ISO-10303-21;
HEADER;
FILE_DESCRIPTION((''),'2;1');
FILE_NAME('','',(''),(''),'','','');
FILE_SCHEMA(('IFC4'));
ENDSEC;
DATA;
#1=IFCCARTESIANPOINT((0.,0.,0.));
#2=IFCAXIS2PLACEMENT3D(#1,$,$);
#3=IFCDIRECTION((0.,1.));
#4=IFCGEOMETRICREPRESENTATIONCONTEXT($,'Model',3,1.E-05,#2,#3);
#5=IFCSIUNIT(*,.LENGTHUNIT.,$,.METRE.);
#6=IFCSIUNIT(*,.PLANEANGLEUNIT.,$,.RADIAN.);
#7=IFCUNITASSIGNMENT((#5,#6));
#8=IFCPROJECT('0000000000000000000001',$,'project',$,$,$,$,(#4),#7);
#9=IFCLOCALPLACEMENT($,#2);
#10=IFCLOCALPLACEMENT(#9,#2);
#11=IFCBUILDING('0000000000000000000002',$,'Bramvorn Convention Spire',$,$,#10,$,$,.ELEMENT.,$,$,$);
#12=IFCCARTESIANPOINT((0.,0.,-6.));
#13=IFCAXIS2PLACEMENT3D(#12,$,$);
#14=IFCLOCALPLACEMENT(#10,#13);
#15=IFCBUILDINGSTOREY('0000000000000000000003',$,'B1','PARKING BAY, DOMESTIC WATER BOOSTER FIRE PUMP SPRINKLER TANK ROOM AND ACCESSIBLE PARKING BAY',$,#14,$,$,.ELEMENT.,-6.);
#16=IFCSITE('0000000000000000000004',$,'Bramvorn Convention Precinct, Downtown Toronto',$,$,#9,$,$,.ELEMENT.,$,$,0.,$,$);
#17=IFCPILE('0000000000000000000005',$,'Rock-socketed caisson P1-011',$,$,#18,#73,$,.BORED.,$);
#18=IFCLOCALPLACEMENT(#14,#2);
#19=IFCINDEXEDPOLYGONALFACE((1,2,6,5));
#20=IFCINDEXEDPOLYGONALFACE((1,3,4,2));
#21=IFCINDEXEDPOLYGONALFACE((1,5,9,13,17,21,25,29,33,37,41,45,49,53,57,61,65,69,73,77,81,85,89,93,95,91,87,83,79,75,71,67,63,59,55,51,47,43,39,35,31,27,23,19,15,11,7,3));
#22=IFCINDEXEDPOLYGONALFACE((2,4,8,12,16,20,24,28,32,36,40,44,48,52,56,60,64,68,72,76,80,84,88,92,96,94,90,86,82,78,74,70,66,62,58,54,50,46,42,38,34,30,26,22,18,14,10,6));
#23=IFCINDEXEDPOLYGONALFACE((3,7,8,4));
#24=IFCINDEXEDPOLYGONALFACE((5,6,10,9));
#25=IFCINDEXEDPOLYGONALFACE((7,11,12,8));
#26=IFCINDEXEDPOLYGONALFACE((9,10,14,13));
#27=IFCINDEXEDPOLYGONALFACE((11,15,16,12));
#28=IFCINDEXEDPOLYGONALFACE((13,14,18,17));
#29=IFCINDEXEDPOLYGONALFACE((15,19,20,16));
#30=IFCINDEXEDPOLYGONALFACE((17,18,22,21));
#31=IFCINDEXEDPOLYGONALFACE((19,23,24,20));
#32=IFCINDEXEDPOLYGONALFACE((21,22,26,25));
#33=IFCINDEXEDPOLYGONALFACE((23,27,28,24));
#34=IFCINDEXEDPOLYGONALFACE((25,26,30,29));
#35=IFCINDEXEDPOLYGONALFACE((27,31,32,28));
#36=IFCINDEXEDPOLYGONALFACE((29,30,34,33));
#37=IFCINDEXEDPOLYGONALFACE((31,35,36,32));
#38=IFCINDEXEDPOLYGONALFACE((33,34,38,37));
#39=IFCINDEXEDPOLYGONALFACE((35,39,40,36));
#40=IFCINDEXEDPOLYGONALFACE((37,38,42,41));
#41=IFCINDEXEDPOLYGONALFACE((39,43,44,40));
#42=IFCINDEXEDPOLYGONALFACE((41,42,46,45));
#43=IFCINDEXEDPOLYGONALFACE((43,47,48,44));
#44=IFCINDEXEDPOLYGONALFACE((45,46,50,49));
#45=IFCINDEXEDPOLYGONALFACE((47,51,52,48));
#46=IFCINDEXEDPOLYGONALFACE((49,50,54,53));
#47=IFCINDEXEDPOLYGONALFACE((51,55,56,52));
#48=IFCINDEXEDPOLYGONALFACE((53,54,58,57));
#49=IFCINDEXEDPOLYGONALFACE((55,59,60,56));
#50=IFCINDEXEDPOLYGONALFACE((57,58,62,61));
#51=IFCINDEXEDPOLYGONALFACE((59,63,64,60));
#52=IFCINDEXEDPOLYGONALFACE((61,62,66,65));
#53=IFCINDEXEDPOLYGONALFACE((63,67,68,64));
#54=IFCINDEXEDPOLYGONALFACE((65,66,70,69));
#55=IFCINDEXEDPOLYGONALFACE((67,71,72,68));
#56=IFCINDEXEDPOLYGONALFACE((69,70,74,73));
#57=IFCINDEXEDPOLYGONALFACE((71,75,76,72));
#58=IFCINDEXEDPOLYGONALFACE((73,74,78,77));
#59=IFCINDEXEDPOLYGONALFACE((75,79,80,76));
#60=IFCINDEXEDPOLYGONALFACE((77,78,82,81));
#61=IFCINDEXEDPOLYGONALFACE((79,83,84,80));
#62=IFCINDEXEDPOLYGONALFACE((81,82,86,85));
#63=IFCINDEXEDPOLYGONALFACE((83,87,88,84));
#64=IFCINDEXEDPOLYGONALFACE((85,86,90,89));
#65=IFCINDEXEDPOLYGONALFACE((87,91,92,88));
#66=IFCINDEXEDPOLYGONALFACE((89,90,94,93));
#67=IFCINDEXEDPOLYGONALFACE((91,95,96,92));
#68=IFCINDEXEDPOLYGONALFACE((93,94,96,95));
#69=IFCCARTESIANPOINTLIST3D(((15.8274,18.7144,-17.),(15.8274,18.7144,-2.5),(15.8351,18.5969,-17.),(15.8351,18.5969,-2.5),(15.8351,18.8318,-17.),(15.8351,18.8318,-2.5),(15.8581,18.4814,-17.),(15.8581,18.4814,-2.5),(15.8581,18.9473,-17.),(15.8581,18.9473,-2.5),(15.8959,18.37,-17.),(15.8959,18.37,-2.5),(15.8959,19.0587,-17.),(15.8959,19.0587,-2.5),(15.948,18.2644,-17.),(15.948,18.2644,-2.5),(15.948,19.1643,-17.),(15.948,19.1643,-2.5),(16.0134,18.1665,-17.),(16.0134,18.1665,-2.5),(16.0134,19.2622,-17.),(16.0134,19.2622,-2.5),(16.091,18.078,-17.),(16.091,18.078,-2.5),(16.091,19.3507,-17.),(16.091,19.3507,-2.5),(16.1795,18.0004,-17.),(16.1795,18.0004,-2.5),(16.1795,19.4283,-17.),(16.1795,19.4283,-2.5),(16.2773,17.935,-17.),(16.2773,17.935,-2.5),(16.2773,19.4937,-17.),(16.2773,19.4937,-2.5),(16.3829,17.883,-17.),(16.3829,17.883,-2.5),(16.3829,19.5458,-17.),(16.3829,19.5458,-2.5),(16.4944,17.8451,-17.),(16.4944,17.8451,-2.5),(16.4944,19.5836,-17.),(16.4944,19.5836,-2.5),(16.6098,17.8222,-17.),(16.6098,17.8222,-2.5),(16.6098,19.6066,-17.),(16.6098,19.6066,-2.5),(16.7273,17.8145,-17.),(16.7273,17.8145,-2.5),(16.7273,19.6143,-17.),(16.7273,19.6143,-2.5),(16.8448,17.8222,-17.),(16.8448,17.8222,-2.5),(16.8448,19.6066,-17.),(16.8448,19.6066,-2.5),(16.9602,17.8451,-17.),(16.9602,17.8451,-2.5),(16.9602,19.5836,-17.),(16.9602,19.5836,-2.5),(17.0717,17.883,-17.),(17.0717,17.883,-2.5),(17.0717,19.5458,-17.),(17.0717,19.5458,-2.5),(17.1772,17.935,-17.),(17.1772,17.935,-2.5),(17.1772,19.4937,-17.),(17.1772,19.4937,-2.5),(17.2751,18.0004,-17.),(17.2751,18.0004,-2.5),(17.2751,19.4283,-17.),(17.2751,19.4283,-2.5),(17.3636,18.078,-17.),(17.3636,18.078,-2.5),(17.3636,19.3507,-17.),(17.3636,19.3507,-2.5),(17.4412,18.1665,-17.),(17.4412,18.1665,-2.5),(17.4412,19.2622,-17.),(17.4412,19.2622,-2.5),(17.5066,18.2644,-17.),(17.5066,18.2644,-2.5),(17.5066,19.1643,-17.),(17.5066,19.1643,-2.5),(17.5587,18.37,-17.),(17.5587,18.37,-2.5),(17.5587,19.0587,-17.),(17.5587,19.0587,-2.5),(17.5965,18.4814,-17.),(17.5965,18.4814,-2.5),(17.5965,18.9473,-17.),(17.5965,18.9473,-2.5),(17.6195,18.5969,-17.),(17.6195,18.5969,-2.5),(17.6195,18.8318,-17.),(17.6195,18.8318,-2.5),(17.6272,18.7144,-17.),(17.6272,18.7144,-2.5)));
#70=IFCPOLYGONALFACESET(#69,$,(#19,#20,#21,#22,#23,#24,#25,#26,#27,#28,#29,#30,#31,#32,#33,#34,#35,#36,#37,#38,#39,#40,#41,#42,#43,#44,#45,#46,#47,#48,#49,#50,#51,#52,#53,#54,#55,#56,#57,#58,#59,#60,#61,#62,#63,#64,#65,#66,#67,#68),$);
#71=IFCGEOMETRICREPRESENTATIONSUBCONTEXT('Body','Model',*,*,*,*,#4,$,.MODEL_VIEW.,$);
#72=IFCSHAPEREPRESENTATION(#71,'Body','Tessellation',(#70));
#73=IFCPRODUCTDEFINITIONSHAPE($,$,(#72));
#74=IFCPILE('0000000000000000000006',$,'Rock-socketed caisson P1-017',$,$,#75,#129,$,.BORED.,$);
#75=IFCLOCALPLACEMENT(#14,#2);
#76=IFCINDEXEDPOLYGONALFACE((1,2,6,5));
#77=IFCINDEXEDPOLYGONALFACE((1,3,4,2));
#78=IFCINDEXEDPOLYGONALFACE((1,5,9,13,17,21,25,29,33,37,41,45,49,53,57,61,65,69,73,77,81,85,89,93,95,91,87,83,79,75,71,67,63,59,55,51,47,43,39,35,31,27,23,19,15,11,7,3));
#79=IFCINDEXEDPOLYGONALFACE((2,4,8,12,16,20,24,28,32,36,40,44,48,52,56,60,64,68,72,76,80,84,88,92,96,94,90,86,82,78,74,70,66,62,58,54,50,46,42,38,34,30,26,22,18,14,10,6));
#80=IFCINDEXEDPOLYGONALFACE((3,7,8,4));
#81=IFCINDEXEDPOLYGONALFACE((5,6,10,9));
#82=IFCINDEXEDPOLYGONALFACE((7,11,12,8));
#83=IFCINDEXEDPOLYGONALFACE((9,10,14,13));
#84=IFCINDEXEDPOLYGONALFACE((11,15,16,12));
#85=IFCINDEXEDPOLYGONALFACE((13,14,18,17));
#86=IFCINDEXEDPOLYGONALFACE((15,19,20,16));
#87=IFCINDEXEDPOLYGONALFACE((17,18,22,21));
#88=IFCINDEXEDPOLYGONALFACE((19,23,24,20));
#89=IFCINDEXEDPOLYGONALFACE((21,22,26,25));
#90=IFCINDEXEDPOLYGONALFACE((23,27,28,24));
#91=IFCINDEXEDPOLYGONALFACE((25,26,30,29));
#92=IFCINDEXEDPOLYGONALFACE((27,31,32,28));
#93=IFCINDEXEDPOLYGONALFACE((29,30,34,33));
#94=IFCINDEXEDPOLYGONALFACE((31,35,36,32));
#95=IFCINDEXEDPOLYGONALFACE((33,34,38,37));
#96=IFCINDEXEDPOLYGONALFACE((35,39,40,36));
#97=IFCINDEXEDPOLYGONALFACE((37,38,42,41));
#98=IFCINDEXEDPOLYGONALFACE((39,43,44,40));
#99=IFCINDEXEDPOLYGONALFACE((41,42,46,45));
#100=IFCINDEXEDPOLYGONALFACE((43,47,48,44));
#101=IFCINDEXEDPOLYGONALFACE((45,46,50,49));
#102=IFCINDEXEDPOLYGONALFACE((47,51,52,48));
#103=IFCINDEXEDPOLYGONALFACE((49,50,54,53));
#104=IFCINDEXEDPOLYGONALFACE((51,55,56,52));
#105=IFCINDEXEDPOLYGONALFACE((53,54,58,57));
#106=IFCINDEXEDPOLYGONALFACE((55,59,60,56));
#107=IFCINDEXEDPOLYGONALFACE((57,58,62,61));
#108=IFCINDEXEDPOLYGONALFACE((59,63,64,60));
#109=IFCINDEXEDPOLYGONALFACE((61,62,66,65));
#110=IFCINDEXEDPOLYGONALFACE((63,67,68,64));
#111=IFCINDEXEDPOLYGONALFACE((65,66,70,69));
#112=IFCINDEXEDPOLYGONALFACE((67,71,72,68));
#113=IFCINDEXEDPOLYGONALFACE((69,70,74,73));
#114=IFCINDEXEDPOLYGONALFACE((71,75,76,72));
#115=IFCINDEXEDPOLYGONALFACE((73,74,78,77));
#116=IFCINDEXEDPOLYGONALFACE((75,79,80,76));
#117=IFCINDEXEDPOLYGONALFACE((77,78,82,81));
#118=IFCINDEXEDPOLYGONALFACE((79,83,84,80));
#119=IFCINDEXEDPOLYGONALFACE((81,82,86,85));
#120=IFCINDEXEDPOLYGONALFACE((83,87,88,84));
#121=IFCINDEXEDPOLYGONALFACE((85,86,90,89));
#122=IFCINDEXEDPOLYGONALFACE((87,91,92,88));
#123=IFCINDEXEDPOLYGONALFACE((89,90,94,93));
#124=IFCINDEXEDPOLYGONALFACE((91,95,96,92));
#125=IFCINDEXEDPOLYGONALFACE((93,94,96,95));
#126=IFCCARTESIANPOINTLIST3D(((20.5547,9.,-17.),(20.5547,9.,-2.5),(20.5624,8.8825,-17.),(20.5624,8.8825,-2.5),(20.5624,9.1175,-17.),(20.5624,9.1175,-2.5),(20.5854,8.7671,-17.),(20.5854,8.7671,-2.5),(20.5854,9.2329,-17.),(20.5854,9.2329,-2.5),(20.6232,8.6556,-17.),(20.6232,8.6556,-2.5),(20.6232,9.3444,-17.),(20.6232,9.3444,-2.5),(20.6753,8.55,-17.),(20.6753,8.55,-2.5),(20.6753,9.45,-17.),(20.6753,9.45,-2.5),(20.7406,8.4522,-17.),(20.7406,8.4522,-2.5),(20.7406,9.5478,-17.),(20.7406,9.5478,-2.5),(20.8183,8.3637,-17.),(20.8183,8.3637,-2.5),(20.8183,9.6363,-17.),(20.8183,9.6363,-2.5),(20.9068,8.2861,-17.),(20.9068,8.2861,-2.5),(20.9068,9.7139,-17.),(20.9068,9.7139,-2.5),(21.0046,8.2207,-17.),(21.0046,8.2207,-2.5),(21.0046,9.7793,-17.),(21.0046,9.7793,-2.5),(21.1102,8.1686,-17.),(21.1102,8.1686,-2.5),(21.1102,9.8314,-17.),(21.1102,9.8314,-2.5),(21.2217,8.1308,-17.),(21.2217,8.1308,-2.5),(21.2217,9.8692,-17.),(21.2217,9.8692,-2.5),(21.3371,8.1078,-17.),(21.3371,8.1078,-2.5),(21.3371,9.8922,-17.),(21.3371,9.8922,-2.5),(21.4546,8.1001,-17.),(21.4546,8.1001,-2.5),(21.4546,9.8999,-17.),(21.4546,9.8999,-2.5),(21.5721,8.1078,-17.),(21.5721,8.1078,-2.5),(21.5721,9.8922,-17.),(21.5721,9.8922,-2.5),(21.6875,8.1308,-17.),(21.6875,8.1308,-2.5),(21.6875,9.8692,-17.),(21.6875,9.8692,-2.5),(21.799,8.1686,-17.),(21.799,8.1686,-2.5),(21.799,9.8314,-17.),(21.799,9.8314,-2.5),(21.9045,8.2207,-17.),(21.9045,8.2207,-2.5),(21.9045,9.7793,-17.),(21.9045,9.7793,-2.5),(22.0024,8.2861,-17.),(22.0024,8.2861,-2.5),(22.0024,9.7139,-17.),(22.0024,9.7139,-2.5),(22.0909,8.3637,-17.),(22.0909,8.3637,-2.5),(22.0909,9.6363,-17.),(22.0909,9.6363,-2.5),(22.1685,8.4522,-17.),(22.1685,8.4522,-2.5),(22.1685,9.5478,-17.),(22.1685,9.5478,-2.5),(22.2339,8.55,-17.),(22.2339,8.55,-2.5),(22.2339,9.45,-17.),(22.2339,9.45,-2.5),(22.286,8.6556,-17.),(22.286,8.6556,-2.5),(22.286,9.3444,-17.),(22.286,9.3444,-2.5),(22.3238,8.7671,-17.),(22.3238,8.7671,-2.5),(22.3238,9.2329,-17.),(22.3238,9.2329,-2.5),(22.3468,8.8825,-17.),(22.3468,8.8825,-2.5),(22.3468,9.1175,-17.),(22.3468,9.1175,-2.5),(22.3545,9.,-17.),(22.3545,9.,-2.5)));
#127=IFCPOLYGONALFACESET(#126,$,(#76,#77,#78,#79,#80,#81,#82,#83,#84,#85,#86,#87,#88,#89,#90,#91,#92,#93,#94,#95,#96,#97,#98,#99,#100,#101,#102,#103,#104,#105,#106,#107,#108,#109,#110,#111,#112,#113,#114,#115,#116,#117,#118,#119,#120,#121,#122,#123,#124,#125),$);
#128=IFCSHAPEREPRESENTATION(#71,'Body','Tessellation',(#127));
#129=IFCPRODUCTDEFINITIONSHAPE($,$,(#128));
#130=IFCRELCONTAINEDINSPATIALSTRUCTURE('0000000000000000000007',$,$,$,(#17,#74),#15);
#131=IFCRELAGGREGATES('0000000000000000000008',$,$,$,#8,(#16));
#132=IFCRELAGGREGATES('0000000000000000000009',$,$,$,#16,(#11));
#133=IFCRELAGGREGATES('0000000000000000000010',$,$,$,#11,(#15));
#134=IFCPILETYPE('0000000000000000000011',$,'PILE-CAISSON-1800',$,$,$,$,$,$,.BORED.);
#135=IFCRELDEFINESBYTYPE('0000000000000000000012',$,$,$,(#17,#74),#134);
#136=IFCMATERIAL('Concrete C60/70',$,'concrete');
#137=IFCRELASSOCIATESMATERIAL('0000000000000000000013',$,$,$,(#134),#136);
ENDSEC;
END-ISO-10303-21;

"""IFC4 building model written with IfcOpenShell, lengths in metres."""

from ifc_helpers import new_model, si_unit, direction, frame, origin, origin_2d, place, context, subcontext, project, spatial, circle, extrude, material, material_profile, profile_set, type_object, element, save


model = new_model("IFC4")

# Units and contexts
model_context = context("Model", 3, precision=1e-05, world=origin(), true_north=direction((0.0, 1.0)))
body_context = subcontext(model_context, "Body", "Model", "MODEL_VIEW")
ifc_project = project(units=[si_unit("LENGTHUNIT", "METRE"), si_unit("PLANEANGLEUNIT", "RADIAN")], contexts=[model_context])

# Site, building, storey
site_placement = place(None, origin())
site = spatial("IfcSite", under=ifc_project, at=site_placement, Name="Bramvorn Convention Precinct, Downtown Toronto", CompositionType="ELEMENT", RefElevation=0.0)
building_placement = place(site_placement, origin())
building = spatial("IfcBuilding", under=site, at=building_placement, Name="Bramvorn Convention Spire", CompositionType="ELEMENT")
storey_placement = place(building_placement, frame((0.0, 0.0, -6.0)))
storey = spatial("IfcBuildingStorey", under=building, at=storey_placement, Name="B1", Description="PARKING BAY, DOMESTIC WATER BOOSTER FIRE PUMP SPRINKLER TANK ROOM AND ACCESSIBLE PARKING BAY", CompositionType="ELEMENT", Elevation=-6.0)

# Shared definitions
ifc_material_1 = material(Name="Concrete C60/70", Category="concrete")

# Piles
ifc_material_profile_1 = material_profile(ifc_material_1, circle(Radius=0.8999, at=origin_2d()))
ifc_profile_set_1 = profile_set([ifc_material_profile_1], Name="Concrete C60/70 - CAISSON1800")
pile_type_1 = type_object("IfcPileType", Name="PILE-CAISSON-1800", PredefinedType="BORED", material=ifc_profile_set_1)
for number, where, z_axis, x_axis, name in (
    (1, (16.7273, 18.7144, -2.5), (0.0, 0.0, -1.0), (1.0, 0.0, 0.0), "Rock-socketed caisson P1-011"),
    (2, (21.4546, 9.0, -2.5), (0.0, 0.0, -1.0), (1.0, 0.0, 0.0), "Rock-socketed caisson P1-017"),
):
    element("IfcPile", number, at=place(storey_placement, frame(where, z_axis=z_axis, x_axis=x_axis)), inside=storey, type_object=pile_type_1, Name=name, PredefinedType="BORED", context=body_context, shape_type="SweptSolid", body=[
        extrude(circle(Radius=0.8999, at=origin_2d()), origin(), (0.0, 0.0, 1.0), 14.5),
    ])

save(model, "model.ifc")
